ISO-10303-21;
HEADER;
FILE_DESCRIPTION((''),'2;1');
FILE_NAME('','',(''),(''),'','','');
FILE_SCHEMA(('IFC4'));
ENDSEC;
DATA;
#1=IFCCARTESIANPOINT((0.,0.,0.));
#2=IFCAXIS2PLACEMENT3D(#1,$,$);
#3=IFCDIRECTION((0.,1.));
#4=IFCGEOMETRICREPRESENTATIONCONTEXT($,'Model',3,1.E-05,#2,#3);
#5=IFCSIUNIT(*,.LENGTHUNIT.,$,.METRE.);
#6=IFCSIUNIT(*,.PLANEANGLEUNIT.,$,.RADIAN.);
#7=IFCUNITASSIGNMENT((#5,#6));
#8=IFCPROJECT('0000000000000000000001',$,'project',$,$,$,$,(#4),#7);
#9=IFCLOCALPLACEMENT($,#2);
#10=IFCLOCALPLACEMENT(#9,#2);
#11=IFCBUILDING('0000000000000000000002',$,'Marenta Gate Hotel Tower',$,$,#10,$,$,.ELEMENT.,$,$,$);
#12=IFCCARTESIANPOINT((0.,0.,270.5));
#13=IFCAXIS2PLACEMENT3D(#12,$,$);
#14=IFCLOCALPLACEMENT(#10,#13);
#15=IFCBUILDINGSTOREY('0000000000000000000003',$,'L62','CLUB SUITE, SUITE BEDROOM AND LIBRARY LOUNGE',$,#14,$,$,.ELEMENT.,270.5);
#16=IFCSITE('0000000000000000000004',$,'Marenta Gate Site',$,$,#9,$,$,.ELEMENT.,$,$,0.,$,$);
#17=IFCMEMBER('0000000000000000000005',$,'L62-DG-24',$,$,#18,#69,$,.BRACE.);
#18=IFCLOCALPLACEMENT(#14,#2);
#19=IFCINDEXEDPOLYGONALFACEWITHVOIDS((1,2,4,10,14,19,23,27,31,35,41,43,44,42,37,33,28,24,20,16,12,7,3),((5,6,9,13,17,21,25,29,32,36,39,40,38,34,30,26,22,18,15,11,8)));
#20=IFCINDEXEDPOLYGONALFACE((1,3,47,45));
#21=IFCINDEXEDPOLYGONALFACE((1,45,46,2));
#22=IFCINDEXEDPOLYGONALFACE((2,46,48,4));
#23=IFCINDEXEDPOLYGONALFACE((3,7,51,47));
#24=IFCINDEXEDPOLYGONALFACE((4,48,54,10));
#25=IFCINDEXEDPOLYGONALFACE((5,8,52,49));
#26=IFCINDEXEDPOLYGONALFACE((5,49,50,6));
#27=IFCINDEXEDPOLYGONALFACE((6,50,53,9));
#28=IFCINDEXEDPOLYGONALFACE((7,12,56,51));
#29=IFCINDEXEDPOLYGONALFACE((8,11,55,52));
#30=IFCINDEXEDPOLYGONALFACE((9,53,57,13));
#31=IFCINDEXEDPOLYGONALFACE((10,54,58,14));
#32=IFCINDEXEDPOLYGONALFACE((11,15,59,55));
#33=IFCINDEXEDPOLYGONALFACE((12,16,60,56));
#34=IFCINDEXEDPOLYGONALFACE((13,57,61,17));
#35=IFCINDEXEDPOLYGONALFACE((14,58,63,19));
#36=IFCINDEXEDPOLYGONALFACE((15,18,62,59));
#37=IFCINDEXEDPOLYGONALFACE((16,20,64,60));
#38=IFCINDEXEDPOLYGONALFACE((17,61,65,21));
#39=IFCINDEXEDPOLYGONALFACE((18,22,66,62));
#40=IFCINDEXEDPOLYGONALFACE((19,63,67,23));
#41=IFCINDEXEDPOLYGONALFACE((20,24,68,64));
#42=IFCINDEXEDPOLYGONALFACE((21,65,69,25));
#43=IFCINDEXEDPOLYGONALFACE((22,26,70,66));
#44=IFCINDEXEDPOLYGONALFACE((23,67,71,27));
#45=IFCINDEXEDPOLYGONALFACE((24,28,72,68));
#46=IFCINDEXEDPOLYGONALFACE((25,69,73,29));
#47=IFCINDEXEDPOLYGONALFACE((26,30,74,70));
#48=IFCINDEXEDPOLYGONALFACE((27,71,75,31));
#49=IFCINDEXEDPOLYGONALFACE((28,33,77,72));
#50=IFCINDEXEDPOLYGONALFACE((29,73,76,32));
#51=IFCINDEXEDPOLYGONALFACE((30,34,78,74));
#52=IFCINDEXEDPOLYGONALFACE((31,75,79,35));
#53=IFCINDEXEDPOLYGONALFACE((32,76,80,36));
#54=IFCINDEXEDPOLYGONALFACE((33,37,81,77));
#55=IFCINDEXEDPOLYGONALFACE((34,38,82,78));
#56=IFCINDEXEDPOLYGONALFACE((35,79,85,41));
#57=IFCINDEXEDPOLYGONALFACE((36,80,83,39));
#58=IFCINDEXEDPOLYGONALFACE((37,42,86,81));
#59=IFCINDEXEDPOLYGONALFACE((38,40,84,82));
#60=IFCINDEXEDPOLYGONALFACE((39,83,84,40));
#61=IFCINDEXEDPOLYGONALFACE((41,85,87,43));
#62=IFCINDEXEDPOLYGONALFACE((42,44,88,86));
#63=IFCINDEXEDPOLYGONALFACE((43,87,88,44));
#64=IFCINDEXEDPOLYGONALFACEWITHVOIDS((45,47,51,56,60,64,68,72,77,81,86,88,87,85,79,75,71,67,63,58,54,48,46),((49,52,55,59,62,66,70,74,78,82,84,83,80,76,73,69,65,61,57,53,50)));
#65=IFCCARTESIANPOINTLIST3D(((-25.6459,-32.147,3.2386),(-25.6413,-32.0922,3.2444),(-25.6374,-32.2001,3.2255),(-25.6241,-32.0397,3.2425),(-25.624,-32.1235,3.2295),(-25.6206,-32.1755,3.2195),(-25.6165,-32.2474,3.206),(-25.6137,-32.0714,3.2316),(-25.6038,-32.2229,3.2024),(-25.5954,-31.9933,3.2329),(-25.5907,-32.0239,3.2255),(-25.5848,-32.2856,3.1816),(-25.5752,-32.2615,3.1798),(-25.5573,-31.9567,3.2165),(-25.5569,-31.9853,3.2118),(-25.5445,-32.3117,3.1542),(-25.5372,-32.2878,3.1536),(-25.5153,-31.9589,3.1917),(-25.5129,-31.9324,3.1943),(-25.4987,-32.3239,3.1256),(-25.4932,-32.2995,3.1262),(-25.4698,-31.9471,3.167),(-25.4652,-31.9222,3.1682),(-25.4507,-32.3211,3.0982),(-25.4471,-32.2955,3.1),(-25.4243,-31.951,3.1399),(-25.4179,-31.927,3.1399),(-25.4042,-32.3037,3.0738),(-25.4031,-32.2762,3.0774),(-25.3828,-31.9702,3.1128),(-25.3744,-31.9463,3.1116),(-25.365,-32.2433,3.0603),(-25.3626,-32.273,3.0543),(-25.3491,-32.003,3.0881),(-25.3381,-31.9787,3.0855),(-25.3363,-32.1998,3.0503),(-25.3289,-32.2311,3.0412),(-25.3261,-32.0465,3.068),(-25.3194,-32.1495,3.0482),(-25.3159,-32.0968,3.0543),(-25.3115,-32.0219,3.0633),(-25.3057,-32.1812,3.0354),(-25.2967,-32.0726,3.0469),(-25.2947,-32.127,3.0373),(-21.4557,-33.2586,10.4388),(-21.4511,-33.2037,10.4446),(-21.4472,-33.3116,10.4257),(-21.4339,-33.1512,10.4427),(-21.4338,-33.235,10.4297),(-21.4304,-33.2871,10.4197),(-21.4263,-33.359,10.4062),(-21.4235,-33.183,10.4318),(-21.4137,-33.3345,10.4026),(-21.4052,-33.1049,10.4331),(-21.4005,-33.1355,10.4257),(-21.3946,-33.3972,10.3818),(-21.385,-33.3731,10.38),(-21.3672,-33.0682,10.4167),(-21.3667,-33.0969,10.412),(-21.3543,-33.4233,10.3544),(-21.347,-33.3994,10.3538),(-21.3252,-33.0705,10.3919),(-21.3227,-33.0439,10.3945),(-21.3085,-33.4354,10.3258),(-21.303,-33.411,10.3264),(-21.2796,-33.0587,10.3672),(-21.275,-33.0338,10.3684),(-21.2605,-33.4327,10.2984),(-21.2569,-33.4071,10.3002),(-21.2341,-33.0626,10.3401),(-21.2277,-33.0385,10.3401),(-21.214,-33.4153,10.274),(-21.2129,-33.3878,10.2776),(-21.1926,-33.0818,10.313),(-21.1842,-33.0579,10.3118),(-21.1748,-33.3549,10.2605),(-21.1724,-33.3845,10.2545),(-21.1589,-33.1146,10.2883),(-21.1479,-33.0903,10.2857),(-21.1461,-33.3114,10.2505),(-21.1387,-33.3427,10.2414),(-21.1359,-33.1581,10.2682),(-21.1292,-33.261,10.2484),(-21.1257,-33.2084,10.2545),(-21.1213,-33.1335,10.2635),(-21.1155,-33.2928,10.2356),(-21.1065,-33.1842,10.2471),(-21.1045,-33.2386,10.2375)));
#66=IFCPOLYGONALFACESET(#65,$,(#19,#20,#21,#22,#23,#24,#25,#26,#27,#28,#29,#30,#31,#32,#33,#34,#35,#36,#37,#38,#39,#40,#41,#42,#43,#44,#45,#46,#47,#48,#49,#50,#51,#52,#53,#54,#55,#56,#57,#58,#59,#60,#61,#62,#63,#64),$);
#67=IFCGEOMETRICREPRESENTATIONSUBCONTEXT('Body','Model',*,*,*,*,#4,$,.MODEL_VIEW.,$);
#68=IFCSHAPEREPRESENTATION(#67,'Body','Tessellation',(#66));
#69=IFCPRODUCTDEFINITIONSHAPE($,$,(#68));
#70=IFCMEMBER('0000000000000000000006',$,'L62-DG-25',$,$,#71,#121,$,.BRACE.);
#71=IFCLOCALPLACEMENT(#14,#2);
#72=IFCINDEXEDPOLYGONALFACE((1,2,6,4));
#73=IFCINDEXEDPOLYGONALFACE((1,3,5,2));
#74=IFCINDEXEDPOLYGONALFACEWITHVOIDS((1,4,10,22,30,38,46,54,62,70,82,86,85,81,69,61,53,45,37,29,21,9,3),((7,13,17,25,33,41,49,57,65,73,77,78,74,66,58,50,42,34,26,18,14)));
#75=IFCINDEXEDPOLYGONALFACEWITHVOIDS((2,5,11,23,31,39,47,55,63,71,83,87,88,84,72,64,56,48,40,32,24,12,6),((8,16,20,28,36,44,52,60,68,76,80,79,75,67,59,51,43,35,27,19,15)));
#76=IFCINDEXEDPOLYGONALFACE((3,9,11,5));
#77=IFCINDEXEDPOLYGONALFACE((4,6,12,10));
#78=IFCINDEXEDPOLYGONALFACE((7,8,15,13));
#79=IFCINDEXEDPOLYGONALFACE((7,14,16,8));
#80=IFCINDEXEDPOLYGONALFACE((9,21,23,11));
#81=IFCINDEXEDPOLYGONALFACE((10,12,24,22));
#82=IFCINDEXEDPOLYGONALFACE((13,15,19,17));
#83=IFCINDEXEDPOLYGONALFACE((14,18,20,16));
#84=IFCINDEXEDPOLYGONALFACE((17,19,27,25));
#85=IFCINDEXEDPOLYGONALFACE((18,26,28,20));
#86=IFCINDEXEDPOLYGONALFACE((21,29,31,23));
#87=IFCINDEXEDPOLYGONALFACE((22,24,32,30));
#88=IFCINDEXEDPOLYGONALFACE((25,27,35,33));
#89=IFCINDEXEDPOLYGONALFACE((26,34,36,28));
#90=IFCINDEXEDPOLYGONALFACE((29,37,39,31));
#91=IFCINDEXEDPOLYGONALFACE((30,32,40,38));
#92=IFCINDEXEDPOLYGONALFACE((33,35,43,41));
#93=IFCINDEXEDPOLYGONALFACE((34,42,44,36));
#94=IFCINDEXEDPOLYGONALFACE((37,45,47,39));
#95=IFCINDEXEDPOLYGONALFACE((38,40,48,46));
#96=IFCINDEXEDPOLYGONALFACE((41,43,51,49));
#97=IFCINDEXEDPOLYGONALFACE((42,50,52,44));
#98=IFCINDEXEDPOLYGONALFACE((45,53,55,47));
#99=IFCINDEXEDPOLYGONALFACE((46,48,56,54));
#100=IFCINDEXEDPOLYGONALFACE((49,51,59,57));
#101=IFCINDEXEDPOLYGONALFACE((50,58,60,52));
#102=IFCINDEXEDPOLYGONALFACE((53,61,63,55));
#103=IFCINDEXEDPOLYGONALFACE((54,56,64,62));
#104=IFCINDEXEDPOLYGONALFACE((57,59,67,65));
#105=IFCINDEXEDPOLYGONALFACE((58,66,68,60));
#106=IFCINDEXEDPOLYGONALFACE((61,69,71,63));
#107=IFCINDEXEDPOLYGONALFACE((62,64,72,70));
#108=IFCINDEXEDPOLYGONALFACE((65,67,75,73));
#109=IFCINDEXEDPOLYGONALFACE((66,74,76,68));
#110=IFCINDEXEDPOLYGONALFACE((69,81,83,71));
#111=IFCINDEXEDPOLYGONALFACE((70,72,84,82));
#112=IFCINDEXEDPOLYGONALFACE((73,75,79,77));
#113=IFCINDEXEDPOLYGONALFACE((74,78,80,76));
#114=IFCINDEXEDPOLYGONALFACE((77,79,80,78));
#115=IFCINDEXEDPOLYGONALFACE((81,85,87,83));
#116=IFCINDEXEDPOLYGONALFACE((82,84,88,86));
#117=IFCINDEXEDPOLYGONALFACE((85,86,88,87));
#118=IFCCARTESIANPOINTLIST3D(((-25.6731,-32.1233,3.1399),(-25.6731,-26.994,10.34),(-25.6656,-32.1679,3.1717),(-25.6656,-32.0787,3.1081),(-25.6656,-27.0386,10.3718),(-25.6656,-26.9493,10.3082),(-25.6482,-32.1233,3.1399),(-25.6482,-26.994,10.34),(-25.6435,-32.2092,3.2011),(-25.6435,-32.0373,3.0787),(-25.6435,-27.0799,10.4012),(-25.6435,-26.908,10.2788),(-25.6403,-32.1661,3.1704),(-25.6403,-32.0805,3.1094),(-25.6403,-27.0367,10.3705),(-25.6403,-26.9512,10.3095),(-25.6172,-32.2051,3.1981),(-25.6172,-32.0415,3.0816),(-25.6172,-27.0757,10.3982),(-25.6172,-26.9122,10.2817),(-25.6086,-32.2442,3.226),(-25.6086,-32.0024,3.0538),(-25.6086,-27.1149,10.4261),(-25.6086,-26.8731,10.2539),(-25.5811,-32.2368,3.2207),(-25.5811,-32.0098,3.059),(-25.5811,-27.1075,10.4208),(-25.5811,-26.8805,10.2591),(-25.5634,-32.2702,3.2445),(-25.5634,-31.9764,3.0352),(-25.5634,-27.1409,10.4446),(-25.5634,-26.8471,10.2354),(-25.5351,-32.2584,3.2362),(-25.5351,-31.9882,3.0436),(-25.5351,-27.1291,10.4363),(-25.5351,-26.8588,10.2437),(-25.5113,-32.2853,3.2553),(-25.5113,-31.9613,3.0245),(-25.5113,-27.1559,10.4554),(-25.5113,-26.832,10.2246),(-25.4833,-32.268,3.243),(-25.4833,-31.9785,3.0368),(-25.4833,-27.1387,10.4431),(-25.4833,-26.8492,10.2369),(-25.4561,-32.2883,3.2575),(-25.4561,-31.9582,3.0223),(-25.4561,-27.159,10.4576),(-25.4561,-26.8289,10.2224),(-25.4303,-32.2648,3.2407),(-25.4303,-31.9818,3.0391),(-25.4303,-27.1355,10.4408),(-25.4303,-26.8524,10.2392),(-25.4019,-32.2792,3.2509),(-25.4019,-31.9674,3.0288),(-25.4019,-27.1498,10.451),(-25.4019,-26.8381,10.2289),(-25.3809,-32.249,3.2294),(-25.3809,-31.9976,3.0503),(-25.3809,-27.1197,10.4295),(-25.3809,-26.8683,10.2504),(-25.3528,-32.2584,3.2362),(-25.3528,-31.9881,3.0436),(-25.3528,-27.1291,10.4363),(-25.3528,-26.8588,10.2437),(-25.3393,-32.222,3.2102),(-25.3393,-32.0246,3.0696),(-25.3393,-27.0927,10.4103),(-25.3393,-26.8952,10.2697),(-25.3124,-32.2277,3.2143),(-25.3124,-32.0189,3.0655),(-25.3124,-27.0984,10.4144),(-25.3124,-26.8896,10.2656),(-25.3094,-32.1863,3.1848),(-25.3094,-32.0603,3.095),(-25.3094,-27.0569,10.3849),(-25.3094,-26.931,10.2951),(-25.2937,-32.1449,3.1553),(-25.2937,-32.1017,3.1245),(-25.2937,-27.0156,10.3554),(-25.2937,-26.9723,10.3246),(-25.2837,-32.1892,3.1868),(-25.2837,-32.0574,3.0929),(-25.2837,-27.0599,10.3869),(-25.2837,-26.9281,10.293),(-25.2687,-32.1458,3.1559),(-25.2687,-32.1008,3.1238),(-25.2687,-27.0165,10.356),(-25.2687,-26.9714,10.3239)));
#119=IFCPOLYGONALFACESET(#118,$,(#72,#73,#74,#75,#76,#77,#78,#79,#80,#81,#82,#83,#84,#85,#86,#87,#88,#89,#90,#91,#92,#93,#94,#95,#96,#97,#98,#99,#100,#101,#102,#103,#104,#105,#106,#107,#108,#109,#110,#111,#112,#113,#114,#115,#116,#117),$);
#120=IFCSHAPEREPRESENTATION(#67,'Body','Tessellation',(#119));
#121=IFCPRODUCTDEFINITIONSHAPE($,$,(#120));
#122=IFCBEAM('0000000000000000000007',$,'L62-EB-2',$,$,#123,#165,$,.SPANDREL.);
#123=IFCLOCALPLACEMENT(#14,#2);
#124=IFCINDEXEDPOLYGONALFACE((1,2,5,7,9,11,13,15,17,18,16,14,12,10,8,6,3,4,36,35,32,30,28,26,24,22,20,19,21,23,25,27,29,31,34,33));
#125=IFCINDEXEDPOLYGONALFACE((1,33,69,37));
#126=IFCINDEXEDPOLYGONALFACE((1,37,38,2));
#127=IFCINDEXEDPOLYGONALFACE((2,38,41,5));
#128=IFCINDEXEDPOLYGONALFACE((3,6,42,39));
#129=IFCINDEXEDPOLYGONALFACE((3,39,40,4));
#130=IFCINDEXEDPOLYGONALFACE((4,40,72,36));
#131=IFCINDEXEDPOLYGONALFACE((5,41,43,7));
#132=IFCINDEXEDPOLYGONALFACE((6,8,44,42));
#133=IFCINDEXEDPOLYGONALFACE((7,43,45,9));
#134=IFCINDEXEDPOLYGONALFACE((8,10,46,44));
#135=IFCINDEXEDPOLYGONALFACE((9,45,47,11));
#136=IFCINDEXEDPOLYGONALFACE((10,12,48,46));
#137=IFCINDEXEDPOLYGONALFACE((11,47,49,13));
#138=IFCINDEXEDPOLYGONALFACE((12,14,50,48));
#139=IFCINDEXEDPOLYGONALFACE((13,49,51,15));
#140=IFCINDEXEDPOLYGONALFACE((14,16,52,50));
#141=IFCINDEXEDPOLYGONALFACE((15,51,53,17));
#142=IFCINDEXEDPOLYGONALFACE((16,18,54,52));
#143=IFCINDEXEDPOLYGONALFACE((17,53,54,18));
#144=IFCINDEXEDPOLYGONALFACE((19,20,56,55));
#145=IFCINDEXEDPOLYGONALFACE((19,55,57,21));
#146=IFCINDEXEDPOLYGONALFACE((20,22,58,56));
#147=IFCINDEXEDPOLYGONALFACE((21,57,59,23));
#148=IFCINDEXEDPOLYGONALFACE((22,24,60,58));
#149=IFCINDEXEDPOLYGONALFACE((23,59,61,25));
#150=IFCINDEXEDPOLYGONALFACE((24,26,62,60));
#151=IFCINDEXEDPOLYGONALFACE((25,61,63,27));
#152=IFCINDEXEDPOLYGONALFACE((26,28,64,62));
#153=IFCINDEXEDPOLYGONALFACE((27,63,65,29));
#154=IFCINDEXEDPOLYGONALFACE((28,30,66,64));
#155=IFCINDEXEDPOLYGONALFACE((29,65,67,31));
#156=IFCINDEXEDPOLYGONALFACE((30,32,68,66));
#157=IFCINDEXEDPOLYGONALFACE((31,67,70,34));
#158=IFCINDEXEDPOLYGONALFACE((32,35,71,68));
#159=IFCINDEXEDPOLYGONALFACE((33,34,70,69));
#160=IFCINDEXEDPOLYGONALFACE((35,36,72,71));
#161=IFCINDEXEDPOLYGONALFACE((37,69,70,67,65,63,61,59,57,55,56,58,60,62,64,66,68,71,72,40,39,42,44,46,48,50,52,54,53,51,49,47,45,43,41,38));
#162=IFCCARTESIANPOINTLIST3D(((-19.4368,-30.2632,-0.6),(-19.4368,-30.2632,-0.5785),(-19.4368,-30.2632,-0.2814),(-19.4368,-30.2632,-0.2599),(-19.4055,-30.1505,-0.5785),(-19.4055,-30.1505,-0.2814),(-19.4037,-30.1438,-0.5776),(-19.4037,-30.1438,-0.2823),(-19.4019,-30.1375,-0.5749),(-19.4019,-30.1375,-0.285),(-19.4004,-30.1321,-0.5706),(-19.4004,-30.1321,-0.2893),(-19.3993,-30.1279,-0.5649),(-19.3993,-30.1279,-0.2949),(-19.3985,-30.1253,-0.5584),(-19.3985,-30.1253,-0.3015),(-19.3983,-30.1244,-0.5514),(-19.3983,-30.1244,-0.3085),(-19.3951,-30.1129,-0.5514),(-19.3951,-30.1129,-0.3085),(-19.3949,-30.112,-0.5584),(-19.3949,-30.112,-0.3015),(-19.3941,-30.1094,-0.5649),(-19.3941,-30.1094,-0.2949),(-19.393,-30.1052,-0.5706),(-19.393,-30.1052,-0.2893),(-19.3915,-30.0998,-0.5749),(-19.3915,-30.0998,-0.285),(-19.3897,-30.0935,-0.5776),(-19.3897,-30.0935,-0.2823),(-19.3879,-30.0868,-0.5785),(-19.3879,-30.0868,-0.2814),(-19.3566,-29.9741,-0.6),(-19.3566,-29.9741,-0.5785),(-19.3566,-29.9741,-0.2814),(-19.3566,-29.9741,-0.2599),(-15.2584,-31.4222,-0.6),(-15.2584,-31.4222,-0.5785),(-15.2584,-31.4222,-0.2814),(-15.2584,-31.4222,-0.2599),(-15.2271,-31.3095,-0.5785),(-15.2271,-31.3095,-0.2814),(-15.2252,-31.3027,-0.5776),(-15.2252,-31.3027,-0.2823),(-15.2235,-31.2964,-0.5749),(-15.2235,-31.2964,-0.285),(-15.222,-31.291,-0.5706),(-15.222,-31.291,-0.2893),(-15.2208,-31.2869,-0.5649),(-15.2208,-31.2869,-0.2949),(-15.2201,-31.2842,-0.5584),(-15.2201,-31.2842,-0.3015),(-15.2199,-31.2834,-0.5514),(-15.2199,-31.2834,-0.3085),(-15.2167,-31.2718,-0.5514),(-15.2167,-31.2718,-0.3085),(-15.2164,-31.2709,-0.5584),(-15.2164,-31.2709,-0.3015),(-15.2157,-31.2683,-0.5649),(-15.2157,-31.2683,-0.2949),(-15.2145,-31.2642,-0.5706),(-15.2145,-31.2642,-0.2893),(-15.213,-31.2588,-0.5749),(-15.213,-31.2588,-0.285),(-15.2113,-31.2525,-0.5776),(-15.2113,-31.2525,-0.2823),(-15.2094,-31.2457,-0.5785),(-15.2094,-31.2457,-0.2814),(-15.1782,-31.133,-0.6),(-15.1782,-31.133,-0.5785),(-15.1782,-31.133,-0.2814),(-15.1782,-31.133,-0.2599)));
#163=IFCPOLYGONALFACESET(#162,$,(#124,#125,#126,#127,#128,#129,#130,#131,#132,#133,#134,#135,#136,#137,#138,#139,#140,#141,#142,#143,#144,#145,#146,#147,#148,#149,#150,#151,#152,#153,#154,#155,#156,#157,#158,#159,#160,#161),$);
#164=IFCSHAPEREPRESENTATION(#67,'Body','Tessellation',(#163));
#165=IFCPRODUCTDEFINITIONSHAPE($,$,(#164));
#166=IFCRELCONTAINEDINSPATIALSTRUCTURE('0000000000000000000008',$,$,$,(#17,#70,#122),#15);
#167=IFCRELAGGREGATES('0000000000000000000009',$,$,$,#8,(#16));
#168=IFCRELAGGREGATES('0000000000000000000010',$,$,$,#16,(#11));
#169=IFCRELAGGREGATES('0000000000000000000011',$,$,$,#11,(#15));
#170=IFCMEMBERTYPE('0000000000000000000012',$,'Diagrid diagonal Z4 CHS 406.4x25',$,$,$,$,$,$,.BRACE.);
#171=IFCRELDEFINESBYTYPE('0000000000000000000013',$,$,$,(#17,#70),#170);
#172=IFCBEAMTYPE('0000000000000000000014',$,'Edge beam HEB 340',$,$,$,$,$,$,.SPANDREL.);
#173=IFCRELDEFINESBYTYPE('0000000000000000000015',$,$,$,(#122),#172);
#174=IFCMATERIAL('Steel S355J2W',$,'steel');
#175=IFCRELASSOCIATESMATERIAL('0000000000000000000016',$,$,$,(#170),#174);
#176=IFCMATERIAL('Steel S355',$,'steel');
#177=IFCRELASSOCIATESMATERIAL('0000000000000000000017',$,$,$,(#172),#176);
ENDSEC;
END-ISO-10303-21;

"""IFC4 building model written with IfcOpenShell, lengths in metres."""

from ifc_helpers import new_model, si_unit, direction, frame, origin, origin_2d, place, context, subcontext, project, spatial, hollow_circle, i_section, extrude, material, material_profile, profile_set, type_object, element, save


model = new_model("IFC4")

# Units and contexts
model_context = context("Model", 3, precision=1e-05, world=origin(), true_north=direction((0.0, 1.0)))
body_context = subcontext(model_context, "Body", "Model", "MODEL_VIEW")
ifc_project = project(units=[si_unit("LENGTHUNIT", "METRE"), si_unit("PLANEANGLEUNIT", "RADIAN")], contexts=[model_context])

# Site, building, storey
site_placement = place(None, origin())
site = spatial("IfcSite", under=ifc_project, at=site_placement, Name="Marenta Gate Site", CompositionType="ELEMENT", RefElevation=0.0)
building_placement = place(site_placement, origin())
building = spatial("IfcBuilding", under=site, at=building_placement, Name="Marenta Gate Hotel Tower", CompositionType="ELEMENT")
storey_placement = place(building_placement, frame((0.0, 0.0, 270.5)))
storey = spatial("IfcBuildingStorey", under=building, at=storey_placement, Name="L62", Description="CLUB SUITE, SUITE BEDROOM AND LIBRARY LOUNGE", CompositionType="ELEMENT", Elevation=270.5)

# Members
ifc_material_1 = material(Name="Steel S355J2W", Category="steel")
ifc_material_profile_1 = material_profile(ifc_material_1, hollow_circle(Radius=0.2031, WallThickness=0.0249, at=origin_2d()), Name="CHS 406.4x25")
ifc_profile_set_1 = profile_set([ifc_material_profile_1], Name="Steel S355J2W")
member_type_1 = type_object("IfcMemberType", Name="Diagrid diagonal Z4 CHS 406.4x25", PredefinedType="BRACE", material=ifc_profile_set_1)
for number, where, z_axis, x_axis, name in (
    (1, (-25.47, -32.1233, 3.1399), (0.498563, -0.132259, 0.856704), (0.256411, 0.966568, 0.0), "L62-DG-24"),
):
    element("IfcMember", number, at=place(storey_placement, frame(where, z_axis=z_axis, x_axis=x_axis)), inside=storey, type_object=member_type_1, Name=name, PredefinedType="BRACE", context=body_context, shape_type="SweptSolid", body=[
        extrude(hollow_circle(Radius=0.2031, WallThickness=0.0249, at=origin_2d()), origin(), (0.0, 0.0, 1.0), 8.4045),
    ])
member_1_placement = place(storey_placement, frame((-25.47, -32.1233, 3.1399), z_axis=(0.0, 0.580219, 0.814461), x_axis=(-1.0, 0.0, 0.0)))
element("IfcMember", 2, at=member_1_placement, inside=storey, type_object=member_type_1, Name="L62-DG-25", PredefinedType="BRACE", context=body_context, shape_type="SweptSolid", body=[
    extrude(hollow_circle(Radius=0.2031, WallThickness=0.0249, at=origin_2d()), origin(), (0.0, 0.0, 1.0), 8.8403),
])

# Beam
ifc_material_2 = material(Name="Steel S355", Category="steel")
ifc_material_profile_2 = material_profile(ifc_material_2, i_section(OverallWidth=0.3, OverallDepth=0.3401, WebThickness=0.012, FlangeThickness=0.0215, FilletRadius=0.0271, at=origin_2d()), Name="HEB 340")
ifc_profile_set_2 = profile_set([ifc_material_profile_2], Name="Steel S355")
beam_type = type_object("IfcBeamType", Name="Edge beam HEB 340", PredefinedType="SPANDREL", material=ifc_profile_set_2)
beam_1_placement = place(storey_placement, frame((-15.2183, -31.2776, -0.4299), z_axis=(-0.963622, 0.267269, 0.0), x_axis=(-0.267269, -0.963622, 0.0)))
element("IfcBeam", 3, at=beam_1_placement, inside=storey, type_object=beam_type, Name="L62-EB-2", PredefinedType="SPANDREL", context=body_context, shape_type="SweptSolid", body=[
    extrude(i_section(OverallWidth=0.3, OverallDepth=0.3401, WebThickness=0.012, FlangeThickness=0.0215, FilletRadius=0.0271, at=origin_2d()), origin(), (0.0, 0.0, 1.0), 4.3362),
])

save(model, "model.ifc")
